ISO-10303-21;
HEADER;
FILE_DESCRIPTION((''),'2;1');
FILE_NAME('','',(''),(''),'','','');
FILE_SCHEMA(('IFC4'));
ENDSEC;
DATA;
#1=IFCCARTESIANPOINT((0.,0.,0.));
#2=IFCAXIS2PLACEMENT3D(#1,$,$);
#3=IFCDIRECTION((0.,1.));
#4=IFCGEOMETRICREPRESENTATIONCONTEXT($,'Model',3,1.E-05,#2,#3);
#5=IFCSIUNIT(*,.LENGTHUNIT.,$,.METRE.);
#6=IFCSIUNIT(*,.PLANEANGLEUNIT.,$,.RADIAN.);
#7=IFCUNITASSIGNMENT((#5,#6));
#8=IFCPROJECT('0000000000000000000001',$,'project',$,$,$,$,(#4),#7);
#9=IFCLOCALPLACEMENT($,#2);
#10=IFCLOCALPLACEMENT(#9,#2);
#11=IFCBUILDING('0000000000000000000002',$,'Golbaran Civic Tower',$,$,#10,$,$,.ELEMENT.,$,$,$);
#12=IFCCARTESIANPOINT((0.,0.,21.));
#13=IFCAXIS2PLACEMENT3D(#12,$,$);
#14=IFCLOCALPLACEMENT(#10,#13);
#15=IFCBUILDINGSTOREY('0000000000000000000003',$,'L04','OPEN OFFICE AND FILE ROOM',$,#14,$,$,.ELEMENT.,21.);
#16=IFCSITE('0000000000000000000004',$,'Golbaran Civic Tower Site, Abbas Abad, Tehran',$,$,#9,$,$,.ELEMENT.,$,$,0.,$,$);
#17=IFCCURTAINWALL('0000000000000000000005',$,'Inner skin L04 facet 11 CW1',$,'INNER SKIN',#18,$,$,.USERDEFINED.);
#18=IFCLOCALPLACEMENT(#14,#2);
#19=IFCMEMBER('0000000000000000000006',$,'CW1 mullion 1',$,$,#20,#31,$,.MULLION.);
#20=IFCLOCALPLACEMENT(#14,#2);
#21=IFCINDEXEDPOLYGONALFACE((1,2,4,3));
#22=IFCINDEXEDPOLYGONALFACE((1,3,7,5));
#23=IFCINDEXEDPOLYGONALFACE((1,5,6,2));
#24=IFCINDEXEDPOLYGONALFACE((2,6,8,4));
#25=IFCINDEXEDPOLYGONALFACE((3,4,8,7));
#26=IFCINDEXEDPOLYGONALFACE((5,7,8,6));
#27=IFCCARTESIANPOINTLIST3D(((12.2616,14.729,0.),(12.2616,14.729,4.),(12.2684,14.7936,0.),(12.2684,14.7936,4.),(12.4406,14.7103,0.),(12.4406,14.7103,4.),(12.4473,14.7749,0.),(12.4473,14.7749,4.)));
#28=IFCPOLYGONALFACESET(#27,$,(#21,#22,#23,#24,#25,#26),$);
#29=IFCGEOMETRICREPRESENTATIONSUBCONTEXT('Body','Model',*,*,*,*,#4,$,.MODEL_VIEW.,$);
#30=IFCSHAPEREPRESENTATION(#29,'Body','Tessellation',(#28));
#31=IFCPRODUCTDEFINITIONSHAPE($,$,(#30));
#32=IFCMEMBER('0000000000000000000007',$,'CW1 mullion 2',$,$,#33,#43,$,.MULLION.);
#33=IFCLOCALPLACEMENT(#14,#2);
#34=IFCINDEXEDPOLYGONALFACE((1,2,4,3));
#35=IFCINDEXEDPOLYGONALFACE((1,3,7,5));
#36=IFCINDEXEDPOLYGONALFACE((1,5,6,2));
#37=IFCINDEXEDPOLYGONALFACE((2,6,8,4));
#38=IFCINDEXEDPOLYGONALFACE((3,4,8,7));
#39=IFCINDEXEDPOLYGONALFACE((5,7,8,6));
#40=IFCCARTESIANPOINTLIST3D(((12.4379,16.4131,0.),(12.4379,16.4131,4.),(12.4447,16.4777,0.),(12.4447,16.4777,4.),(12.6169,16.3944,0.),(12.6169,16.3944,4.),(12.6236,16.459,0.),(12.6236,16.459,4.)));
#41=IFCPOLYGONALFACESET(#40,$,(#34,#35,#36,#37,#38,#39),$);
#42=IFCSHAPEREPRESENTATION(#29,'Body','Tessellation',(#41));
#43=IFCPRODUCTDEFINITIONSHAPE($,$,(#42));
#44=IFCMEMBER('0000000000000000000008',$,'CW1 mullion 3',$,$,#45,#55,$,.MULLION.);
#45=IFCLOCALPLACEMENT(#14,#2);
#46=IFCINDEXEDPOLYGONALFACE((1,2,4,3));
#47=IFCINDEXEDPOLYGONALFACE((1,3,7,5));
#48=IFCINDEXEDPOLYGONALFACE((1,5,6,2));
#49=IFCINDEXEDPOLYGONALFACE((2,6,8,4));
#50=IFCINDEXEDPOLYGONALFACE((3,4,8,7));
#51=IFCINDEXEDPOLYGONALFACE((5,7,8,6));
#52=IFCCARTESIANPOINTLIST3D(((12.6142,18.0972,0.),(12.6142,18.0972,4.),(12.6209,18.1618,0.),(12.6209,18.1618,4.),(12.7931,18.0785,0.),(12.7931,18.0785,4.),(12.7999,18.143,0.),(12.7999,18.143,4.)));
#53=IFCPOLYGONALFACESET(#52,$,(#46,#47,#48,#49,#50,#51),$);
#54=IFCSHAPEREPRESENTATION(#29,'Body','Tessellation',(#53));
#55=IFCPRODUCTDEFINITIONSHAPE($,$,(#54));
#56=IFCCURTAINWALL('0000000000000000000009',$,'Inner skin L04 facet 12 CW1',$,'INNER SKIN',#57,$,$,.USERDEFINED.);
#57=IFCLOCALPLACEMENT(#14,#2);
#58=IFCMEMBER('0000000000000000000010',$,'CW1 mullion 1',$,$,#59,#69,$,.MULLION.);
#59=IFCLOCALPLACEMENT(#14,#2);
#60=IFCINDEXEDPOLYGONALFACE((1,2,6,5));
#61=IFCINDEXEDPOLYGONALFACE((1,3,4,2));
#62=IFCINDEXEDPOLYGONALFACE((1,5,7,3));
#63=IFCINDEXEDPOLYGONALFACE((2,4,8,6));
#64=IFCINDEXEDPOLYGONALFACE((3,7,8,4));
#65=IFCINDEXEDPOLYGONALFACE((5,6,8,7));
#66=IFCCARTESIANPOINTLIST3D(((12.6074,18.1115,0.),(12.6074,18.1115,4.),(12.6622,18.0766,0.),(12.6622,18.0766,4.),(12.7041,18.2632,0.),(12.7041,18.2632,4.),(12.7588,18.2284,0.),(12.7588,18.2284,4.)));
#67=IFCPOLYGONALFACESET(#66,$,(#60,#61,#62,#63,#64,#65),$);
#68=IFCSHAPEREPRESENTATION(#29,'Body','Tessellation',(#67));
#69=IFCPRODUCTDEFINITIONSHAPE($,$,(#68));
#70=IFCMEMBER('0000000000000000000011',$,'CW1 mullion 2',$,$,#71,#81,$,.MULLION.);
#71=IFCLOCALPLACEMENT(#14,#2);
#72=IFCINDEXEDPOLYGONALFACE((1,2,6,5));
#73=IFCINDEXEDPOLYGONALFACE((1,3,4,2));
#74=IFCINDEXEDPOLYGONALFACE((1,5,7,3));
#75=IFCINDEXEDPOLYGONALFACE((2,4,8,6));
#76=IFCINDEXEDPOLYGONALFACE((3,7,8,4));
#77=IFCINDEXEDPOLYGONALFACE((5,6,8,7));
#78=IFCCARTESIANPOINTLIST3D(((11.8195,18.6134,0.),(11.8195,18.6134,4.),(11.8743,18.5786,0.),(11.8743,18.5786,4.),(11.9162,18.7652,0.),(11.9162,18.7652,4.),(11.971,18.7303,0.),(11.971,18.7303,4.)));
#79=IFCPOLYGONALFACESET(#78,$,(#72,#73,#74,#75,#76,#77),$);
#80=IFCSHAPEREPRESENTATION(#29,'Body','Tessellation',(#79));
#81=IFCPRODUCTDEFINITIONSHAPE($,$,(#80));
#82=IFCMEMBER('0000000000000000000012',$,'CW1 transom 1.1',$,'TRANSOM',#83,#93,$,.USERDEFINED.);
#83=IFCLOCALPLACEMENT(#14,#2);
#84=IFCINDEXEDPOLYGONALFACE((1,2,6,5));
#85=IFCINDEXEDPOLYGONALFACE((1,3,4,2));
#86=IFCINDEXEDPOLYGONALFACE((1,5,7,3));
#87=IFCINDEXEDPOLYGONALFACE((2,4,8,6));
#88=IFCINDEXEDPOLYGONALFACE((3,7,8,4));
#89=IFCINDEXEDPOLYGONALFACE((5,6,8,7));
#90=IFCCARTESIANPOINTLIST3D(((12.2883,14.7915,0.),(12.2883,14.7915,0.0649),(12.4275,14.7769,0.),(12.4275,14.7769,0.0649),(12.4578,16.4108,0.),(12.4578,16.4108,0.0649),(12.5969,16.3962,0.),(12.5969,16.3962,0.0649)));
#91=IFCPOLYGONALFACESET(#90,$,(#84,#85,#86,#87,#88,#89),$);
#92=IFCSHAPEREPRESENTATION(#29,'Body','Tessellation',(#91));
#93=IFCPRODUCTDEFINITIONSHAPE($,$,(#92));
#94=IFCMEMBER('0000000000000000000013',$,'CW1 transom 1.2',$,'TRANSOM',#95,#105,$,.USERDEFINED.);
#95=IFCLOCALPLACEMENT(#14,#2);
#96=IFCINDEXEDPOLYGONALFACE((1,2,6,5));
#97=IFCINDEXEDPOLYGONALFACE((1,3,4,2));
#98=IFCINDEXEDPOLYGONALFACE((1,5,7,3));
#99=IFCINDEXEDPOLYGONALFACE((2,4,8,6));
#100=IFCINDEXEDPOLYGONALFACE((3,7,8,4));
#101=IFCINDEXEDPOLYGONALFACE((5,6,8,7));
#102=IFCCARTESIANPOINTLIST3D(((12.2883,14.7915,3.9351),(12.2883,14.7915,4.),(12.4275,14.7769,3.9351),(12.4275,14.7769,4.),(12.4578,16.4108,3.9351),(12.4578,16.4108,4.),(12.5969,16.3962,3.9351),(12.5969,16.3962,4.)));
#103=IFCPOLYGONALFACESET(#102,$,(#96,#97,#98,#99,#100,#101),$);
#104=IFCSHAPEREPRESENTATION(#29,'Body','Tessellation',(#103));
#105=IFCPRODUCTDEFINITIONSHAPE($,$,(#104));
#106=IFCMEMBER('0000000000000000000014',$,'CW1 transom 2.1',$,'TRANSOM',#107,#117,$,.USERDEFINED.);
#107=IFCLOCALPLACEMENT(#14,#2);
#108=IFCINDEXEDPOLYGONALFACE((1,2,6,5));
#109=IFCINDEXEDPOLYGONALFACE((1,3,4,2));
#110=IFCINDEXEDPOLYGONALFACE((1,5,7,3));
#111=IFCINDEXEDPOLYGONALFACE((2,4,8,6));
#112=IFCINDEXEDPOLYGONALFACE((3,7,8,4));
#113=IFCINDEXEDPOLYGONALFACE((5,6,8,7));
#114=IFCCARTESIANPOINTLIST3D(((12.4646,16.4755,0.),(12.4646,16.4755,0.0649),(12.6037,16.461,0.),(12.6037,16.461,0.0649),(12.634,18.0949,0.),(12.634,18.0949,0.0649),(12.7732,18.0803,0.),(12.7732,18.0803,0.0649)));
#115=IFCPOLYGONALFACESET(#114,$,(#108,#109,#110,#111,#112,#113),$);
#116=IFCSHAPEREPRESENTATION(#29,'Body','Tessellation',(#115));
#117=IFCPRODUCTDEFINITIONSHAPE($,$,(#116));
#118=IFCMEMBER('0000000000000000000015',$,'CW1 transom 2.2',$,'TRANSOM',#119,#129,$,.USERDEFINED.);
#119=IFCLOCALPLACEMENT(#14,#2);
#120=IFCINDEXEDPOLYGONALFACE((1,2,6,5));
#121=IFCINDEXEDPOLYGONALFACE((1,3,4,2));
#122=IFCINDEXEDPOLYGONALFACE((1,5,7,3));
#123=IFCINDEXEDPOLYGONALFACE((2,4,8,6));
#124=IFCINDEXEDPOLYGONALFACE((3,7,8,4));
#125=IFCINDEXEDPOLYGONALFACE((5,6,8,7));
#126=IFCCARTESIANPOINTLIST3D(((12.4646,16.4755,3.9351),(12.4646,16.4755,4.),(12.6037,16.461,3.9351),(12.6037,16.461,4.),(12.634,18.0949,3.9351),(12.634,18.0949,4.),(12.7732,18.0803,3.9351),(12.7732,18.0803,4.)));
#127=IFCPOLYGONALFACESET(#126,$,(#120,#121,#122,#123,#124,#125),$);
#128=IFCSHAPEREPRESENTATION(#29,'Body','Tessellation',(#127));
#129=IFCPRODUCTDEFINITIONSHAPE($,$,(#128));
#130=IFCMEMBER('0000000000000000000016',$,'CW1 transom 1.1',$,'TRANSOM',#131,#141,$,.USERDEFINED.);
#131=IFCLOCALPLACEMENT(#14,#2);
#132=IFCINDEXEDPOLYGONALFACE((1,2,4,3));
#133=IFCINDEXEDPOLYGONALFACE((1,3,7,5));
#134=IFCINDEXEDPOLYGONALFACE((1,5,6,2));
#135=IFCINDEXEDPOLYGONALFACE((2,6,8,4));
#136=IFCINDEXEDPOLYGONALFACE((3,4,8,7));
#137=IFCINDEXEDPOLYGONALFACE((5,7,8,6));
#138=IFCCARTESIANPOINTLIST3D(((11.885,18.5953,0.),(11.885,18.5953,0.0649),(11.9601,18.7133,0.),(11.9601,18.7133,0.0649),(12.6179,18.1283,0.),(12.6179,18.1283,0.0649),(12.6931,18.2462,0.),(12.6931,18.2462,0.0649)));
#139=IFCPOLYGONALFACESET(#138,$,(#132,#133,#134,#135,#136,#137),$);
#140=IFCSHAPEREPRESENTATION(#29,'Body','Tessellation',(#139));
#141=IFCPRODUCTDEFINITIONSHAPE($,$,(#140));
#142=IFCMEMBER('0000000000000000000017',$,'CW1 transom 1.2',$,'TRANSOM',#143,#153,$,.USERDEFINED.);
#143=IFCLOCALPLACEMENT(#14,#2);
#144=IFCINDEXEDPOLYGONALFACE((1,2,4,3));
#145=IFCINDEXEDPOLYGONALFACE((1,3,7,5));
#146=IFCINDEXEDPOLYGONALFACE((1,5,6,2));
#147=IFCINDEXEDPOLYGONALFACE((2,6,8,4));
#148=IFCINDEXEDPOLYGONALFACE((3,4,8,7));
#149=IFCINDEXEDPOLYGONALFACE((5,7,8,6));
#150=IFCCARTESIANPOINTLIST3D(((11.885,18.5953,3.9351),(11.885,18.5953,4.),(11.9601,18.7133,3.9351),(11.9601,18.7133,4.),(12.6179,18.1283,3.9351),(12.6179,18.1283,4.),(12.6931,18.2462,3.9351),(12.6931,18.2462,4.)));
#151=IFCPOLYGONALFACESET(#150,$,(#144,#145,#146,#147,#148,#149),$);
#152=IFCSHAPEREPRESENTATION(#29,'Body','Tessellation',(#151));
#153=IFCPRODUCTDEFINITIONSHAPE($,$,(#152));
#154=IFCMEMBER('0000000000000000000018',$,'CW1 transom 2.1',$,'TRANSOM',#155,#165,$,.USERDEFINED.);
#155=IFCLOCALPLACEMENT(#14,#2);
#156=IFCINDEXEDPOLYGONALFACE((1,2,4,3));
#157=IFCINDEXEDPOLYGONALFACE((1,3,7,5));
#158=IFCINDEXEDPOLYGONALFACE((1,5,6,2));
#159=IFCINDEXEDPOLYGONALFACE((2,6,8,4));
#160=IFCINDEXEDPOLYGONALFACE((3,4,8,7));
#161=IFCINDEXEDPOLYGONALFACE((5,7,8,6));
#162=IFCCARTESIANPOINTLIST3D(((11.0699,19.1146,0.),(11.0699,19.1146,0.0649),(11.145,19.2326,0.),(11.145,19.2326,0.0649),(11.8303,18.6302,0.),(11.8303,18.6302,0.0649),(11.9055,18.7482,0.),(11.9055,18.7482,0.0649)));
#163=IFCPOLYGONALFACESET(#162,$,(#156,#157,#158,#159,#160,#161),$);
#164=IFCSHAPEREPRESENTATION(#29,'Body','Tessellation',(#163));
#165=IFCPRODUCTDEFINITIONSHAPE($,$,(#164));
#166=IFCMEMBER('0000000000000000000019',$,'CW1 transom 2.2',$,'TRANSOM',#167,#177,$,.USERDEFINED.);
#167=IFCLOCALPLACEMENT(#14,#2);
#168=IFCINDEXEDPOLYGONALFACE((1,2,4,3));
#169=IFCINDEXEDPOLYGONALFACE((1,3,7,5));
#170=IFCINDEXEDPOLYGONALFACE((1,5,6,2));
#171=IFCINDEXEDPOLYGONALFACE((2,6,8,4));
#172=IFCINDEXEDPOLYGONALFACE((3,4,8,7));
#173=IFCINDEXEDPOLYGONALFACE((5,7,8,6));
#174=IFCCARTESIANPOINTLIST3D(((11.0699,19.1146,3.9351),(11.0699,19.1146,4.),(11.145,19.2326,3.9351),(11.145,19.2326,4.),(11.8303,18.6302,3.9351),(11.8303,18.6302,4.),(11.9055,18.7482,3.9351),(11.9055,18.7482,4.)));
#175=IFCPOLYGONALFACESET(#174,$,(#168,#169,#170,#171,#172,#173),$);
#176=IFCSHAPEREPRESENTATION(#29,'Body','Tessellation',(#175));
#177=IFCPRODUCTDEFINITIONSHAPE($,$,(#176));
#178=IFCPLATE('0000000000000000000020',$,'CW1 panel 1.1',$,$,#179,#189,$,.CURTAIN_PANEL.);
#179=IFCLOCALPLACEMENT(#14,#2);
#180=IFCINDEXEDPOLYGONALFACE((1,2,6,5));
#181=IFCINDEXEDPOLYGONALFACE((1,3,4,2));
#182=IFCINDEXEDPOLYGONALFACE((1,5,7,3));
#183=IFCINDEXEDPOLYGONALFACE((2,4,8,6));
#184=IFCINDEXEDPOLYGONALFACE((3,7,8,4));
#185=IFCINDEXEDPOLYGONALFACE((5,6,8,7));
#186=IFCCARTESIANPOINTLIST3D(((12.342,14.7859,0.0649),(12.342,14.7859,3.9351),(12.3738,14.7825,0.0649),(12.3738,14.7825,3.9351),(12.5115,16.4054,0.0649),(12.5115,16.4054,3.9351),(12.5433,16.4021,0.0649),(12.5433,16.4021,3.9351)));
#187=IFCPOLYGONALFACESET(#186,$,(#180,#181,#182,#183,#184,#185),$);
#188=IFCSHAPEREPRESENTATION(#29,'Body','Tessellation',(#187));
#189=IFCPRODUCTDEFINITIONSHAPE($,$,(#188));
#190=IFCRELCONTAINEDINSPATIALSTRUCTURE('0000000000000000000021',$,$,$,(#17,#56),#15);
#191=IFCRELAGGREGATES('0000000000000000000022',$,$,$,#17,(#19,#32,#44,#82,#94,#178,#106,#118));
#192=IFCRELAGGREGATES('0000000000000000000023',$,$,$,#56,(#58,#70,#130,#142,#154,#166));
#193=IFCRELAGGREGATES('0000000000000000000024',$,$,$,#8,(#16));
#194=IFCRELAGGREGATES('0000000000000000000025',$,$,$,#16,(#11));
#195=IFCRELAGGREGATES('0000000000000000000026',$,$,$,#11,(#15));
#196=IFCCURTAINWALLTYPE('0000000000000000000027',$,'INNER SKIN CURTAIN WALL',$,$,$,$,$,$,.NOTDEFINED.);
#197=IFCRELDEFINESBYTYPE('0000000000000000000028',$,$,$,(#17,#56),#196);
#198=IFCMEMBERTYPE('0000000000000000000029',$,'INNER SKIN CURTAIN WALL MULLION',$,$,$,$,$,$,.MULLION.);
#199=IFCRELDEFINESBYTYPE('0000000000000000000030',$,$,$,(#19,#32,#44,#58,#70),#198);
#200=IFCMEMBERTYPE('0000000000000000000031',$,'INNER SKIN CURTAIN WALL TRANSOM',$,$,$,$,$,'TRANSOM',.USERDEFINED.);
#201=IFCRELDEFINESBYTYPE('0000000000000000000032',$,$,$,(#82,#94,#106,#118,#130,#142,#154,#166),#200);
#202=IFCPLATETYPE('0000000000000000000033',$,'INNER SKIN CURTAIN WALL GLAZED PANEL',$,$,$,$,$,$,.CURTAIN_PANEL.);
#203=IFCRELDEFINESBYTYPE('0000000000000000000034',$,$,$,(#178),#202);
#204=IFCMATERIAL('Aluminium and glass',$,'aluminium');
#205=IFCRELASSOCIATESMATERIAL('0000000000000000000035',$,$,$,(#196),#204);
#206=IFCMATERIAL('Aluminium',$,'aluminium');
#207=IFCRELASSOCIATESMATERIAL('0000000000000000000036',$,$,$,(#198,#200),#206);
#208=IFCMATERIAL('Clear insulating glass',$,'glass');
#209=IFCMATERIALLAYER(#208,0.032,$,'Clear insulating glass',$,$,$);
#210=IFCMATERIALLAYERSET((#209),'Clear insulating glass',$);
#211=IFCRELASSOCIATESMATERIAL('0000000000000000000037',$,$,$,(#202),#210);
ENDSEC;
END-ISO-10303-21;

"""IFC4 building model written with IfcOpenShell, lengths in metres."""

from ifc_helpers import new_model, si_unit, direction, frame, origin, origin_2d, place, context, subcontext, project, spatial, rectangle, extrude, material, layer, layer_set, material_profile, profile_set, type_object, element, aggregate, save


model = new_model("IFC4")

# Units and contexts
model_context = context("Model", 3, precision=1e-05, world=origin(), true_north=direction((0.0, 1.0)))
body_context = subcontext(model_context, "Body", "Model", "MODEL_VIEW")
ifc_project = project(units=[si_unit("LENGTHUNIT", "METRE"), si_unit("PLANEANGLEUNIT", "RADIAN")], contexts=[model_context])

# Site, building, storey
site_placement = place(None, origin())
site = spatial("IfcSite", under=ifc_project, at=site_placement, Name="Golbaran Civic Tower Site, Abbas Abad, Tehran", CompositionType="ELEMENT", RefElevation=0.0)
building_placement = place(site_placement, origin())
building = spatial("IfcBuilding", under=site, at=building_placement, Name="Golbaran Civic Tower", CompositionType="ELEMENT")
storey_placement = place(building_placement, frame((0.0, 0.0, 21.0)))
storey = spatial("IfcBuildingStorey", under=building, at=storey_placement, Name="L04", Description="OPEN OFFICE AND FILE ROOM", CompositionType="ELEMENT", Elevation=21.0)

# Curtain walls, members
ifc_material_1 = material(Name="Aluminium and glass", Category="aluminium")
curtain_wall_type = type_object("IfcCurtainWallType", Name="INNER SKIN CURTAIN WALL", PredefinedType="NOTDEFINED", material=ifc_material_1)
curtain_wall_1_placement = place(storey_placement, origin())
curtain_wall_1 = element("IfcCurtainWall", 1, at=curtain_wall_1_placement, inside=storey, type_object=curtain_wall_type, Name="Inner skin L04 facet 11 CW1", ObjectType="INNER SKIN", PredefinedType="USERDEFINED")
ifc_material_2 = material(Name="Aluminium", Category="aluminium")
ifc_material_profile_1 = material_profile(ifc_material_2, rectangle(XDim=0.1799, YDim=0.0649, at=origin_2d()), Name="INNER SKIN CURTAIN WALL MULLION")
ifc_profile_set_1 = profile_set([ifc_material_profile_1], Name="Aluminium")
member_type_1 = type_object("IfcMemberType", Name="INNER SKIN CURTAIN WALL MULLION", PredefinedType="MULLION", material=ifc_profile_set_1)
member_1_placement = place(storey_placement, frame((12.3545, 14.752, 0.0), z_axis=(0.0, 0.0, 1.0), x_axis=(-0.994568, 0.104093, 0.0)))
member_1 = element("IfcMember", 2, at=member_1_placement, type_object=member_type_1, Name="CW1 mullion 1", PredefinedType="MULLION", context=body_context, shape_type="SweptSolid", body=[
    extrude(rectangle(XDim=0.1799, YDim=0.0649, at=origin_2d()), origin(), (0.0, 0.0, 1.0), 4.0),
])
member_2_placement = place(storey_placement, frame((12.5308, 16.436, 0.0), z_axis=(0.0, 0.0, 1.0), x_axis=(-0.994568, 0.104093, 0.0)))
member_2 = element("IfcMember", 3, at=member_2_placement, type_object=member_type_1, Name="CW1 mullion 2", PredefinedType="MULLION", context=body_context, shape_type="SweptSolid", body=[
    extrude(rectangle(XDim=0.1799, YDim=0.0649, at=origin_2d()), origin(), (0.0, 0.0, 1.0), 4.0),
])
member_3_placement = place(storey_placement, frame((12.707, 18.1201, 0.0), z_axis=(0.0, 0.0, 1.0), x_axis=(-0.994568, 0.104093, 0.0)))
member_3 = element("IfcMember", 4, at=member_3_placement, type_object=member_type_1, Name="CW1 mullion 3", PredefinedType="MULLION", context=body_context, shape_type="SweptSolid", body=[
    extrude(rectangle(XDim=0.1799, YDim=0.0649, at=origin_2d()), origin(), (0.0, 0.0, 1.0), 4.0),
])
curtain_wall_2_placement = place(storey_placement, origin())
curtain_wall_2 = element("IfcCurtainWall", 5, at=curtain_wall_2_placement, inside=storey, type_object=curtain_wall_type, Name="Inner skin L04 facet 12 CW1", ObjectType="INNER SKIN", PredefinedType="USERDEFINED")
member_4_placement = place(storey_placement, frame((12.6831, 18.1699, 0.0), z_axis=(0.0, 0.0, 1.0), x_axis=(-0.5373, -0.843391, 0.0)))
member_4 = element("IfcMember", 6, at=member_4_placement, type_object=member_type_1, Name="CW1 mullion 1", PredefinedType="MULLION", context=body_context, shape_type="SweptSolid", body=[
    extrude(rectangle(XDim=0.1799, YDim=0.0649, at=origin_2d()), origin(), (0.0, 0.0, 1.0), 4.0),
])
member_5_placement = place(storey_placement, frame((11.8953, 18.6719, 0.0), z_axis=(0.0, 0.0, 1.0), x_axis=(-0.5373, -0.843391, 0.0)))
member_5 = element("IfcMember", 7, at=member_5_placement, type_object=member_type_1, Name="CW1 mullion 2", PredefinedType="MULLION", context=body_context, shape_type="SweptSolid", body=[
    extrude(rectangle(XDim=0.1799, YDim=0.0649, at=origin_2d()), origin(), (0.0, 0.0, 1.0), 4.0),
])

# Members
ifc_material_profile_2 = material_profile(ifc_material_2, rectangle(XDim=0.1399, YDim=0.0649, at=origin_2d()), Name="INNER SKIN CURTAIN WALL TRANSOM")
ifc_profile_set_2 = profile_set([ifc_material_profile_2], Name="Aluminium")
member_type_2 = type_object("IfcMemberType", Name="INNER SKIN CURTAIN WALL TRANSOM", ElementType="TRANSOM", PredefinedType="USERDEFINED", material=ifc_profile_set_2)
member_6_placement = place(storey_placement, frame((12.3579, 14.7842, 0.0325), z_axis=(0.10406, 0.994571, 0.0), x_axis=(-0.994571, 0.10406, 0.0)))
member_6 = element("IfcMember", 8, at=member_6_placement, type_object=member_type_2, Name="CW1 transom 1.1", ObjectType="TRANSOM", PredefinedType="USERDEFINED", context=body_context, shape_type="SweptSolid", body=[
    extrude(rectangle(XDim=0.1399, YDim=0.0649, at=origin_2d()), origin(), (0.0, 0.0, 1.0), 1.6282),
])
member_7_placement = place(storey_placement, frame((12.3579, 14.7842, 3.9675), z_axis=(0.10406, 0.994571, 0.0), x_axis=(-0.994571, 0.10406, 0.0)))
member_7 = element("IfcMember", 9, at=member_7_placement, type_object=member_type_2, Name="CW1 transom 1.2", ObjectType="TRANSOM", PredefinedType="USERDEFINED", context=body_context, shape_type="SweptSolid", body=[
    extrude(rectangle(XDim=0.1399, YDim=0.0649, at=origin_2d()), origin(), (0.0, 0.0, 1.0), 1.6282),
])
member_8_placement = place(storey_placement, frame((12.5342, 16.4683, 0.0325), z_axis=(0.10406, 0.994571, 0.0), x_axis=(-0.994571, 0.10406, 0.0)))
member_8 = element("IfcMember", 10, at=member_8_placement, type_object=member_type_2, Name="CW1 transom 2.1", ObjectType="TRANSOM", PredefinedType="USERDEFINED", context=body_context, shape_type="SweptSolid", body=[
    extrude(rectangle(XDim=0.1399, YDim=0.0649, at=origin_2d()), origin(), (0.0, 0.0, 1.0), 1.6282),
])
member_9_placement = place(storey_placement, frame((12.5342, 16.4683, 3.9675), z_axis=(0.10406, 0.994571, 0.0), x_axis=(-0.994571, 0.10406, 0.0)))
member_9 = element("IfcMember", 11, at=member_9_placement, type_object=member_type_2, Name="CW1 transom 2.2", ObjectType="TRANSOM", PredefinedType="USERDEFINED", context=body_context, shape_type="SweptSolid", body=[
    extrude(rectangle(XDim=0.1399, YDim=0.0649, at=origin_2d()), origin(), (0.0, 0.0, 1.0), 1.6282),
])
member_10_placement = place(storey_placement, frame((12.6555, 18.1873, 0.0325), z_axis=(-0.843326, 0.537403, 0.0), x_axis=(-0.537403, -0.843326, 0.0)))
member_10 = element("IfcMember", 12, at=member_10_placement, type_object=member_type_2, Name="CW1 transom 1.1", ObjectType="TRANSOM", PredefinedType="USERDEFINED", context=body_context, shape_type="SweptSolid", body=[
    extrude(rectangle(XDim=0.1399, YDim=0.0649, at=origin_2d()), origin(), (0.0, 0.0, 1.0), 0.8691),
])
member_11_placement = place(storey_placement, frame((12.6555, 18.1873, 3.9675), z_axis=(-0.843326, 0.537403, 0.0), x_axis=(-0.537403, -0.843326, 0.0)))
member_11 = element("IfcMember", 13, at=member_11_placement, type_object=member_type_2, Name="CW1 transom 1.2", ObjectType="TRANSOM", PredefinedType="USERDEFINED", context=body_context, shape_type="SweptSolid", body=[
    extrude(rectangle(XDim=0.1399, YDim=0.0649, at=origin_2d()), origin(), (0.0, 0.0, 1.0), 0.8691),
])
member_12_placement = place(storey_placement, frame((11.8679, 18.6892, 0.0325), z_axis=(-0.84345, 0.537208, 0.0), x_axis=(-0.537208, -0.84345, 0.0)))
member_12 = element("IfcMember", 14, at=member_12_placement, type_object=member_type_2, Name="CW1 transom 2.1", ObjectType="TRANSOM", PredefinedType="USERDEFINED", context=body_context, shape_type="SweptSolid", body=[
    extrude(rectangle(XDim=0.1399, YDim=0.0649, at=origin_2d()), origin(), (0.0, 0.0, 1.0), 0.9016),
])
member_13_placement = place(storey_placement, frame((11.8679, 18.6892, 3.9675), z_axis=(-0.84345, 0.537208, 0.0), x_axis=(-0.537208, -0.84345, 0.0)))
member_13 = element("IfcMember", 15, at=member_13_placement, type_object=member_type_2, Name="CW1 transom 2.2", ObjectType="TRANSOM", PredefinedType="USERDEFINED", context=body_context, shape_type="SweptSolid", body=[
    extrude(rectangle(XDim=0.1399, YDim=0.0649, at=origin_2d()), origin(), (0.0, 0.0, 1.0), 0.9016),
])

# Plate
ifc_material_3 = material(Name="Clear insulating glass", Category="glass")
ifc_layer_1 = layer(ifc_material_3, 0.032, Name="Clear insulating glass")
ifc_layer_set_1 = layer_set([ifc_layer_1], Name="Clear insulating glass")
plate_type_1 = type_object("IfcPlateType", Name="INNER SKIN CURTAIN WALL GLAZED PANEL", PredefinedType="CURTAIN_PANEL", material=ifc_layer_set_1)
plate_1_placement = place(storey_placement, frame((12.4426, 15.594, 0.0649), z_axis=(0.0, 0.0, 1.0), x_axis=(0.104093, 0.994568, 0.0)))
plate_1 = element("IfcPlate", 16, at=plate_1_placement, type_object=plate_type_1, Name="CW1 panel 1.1", PredefinedType="CURTAIN_PANEL", context=body_context, shape_type="SweptSolid", body=[
    extrude(rectangle(XDim=1.6284, YDim=0.032, at=origin_2d()), origin(), (0.0, 0.0, 1.0), 3.8701),
])
aggregate(curtain_wall_1, [member_1, member_2, member_3, member_6, member_7, plate_1, member_8, member_9])
aggregate(curtain_wall_2, [member_4, member_5, member_10, member_11, member_12, member_13])

save(model, "model.ifc")
